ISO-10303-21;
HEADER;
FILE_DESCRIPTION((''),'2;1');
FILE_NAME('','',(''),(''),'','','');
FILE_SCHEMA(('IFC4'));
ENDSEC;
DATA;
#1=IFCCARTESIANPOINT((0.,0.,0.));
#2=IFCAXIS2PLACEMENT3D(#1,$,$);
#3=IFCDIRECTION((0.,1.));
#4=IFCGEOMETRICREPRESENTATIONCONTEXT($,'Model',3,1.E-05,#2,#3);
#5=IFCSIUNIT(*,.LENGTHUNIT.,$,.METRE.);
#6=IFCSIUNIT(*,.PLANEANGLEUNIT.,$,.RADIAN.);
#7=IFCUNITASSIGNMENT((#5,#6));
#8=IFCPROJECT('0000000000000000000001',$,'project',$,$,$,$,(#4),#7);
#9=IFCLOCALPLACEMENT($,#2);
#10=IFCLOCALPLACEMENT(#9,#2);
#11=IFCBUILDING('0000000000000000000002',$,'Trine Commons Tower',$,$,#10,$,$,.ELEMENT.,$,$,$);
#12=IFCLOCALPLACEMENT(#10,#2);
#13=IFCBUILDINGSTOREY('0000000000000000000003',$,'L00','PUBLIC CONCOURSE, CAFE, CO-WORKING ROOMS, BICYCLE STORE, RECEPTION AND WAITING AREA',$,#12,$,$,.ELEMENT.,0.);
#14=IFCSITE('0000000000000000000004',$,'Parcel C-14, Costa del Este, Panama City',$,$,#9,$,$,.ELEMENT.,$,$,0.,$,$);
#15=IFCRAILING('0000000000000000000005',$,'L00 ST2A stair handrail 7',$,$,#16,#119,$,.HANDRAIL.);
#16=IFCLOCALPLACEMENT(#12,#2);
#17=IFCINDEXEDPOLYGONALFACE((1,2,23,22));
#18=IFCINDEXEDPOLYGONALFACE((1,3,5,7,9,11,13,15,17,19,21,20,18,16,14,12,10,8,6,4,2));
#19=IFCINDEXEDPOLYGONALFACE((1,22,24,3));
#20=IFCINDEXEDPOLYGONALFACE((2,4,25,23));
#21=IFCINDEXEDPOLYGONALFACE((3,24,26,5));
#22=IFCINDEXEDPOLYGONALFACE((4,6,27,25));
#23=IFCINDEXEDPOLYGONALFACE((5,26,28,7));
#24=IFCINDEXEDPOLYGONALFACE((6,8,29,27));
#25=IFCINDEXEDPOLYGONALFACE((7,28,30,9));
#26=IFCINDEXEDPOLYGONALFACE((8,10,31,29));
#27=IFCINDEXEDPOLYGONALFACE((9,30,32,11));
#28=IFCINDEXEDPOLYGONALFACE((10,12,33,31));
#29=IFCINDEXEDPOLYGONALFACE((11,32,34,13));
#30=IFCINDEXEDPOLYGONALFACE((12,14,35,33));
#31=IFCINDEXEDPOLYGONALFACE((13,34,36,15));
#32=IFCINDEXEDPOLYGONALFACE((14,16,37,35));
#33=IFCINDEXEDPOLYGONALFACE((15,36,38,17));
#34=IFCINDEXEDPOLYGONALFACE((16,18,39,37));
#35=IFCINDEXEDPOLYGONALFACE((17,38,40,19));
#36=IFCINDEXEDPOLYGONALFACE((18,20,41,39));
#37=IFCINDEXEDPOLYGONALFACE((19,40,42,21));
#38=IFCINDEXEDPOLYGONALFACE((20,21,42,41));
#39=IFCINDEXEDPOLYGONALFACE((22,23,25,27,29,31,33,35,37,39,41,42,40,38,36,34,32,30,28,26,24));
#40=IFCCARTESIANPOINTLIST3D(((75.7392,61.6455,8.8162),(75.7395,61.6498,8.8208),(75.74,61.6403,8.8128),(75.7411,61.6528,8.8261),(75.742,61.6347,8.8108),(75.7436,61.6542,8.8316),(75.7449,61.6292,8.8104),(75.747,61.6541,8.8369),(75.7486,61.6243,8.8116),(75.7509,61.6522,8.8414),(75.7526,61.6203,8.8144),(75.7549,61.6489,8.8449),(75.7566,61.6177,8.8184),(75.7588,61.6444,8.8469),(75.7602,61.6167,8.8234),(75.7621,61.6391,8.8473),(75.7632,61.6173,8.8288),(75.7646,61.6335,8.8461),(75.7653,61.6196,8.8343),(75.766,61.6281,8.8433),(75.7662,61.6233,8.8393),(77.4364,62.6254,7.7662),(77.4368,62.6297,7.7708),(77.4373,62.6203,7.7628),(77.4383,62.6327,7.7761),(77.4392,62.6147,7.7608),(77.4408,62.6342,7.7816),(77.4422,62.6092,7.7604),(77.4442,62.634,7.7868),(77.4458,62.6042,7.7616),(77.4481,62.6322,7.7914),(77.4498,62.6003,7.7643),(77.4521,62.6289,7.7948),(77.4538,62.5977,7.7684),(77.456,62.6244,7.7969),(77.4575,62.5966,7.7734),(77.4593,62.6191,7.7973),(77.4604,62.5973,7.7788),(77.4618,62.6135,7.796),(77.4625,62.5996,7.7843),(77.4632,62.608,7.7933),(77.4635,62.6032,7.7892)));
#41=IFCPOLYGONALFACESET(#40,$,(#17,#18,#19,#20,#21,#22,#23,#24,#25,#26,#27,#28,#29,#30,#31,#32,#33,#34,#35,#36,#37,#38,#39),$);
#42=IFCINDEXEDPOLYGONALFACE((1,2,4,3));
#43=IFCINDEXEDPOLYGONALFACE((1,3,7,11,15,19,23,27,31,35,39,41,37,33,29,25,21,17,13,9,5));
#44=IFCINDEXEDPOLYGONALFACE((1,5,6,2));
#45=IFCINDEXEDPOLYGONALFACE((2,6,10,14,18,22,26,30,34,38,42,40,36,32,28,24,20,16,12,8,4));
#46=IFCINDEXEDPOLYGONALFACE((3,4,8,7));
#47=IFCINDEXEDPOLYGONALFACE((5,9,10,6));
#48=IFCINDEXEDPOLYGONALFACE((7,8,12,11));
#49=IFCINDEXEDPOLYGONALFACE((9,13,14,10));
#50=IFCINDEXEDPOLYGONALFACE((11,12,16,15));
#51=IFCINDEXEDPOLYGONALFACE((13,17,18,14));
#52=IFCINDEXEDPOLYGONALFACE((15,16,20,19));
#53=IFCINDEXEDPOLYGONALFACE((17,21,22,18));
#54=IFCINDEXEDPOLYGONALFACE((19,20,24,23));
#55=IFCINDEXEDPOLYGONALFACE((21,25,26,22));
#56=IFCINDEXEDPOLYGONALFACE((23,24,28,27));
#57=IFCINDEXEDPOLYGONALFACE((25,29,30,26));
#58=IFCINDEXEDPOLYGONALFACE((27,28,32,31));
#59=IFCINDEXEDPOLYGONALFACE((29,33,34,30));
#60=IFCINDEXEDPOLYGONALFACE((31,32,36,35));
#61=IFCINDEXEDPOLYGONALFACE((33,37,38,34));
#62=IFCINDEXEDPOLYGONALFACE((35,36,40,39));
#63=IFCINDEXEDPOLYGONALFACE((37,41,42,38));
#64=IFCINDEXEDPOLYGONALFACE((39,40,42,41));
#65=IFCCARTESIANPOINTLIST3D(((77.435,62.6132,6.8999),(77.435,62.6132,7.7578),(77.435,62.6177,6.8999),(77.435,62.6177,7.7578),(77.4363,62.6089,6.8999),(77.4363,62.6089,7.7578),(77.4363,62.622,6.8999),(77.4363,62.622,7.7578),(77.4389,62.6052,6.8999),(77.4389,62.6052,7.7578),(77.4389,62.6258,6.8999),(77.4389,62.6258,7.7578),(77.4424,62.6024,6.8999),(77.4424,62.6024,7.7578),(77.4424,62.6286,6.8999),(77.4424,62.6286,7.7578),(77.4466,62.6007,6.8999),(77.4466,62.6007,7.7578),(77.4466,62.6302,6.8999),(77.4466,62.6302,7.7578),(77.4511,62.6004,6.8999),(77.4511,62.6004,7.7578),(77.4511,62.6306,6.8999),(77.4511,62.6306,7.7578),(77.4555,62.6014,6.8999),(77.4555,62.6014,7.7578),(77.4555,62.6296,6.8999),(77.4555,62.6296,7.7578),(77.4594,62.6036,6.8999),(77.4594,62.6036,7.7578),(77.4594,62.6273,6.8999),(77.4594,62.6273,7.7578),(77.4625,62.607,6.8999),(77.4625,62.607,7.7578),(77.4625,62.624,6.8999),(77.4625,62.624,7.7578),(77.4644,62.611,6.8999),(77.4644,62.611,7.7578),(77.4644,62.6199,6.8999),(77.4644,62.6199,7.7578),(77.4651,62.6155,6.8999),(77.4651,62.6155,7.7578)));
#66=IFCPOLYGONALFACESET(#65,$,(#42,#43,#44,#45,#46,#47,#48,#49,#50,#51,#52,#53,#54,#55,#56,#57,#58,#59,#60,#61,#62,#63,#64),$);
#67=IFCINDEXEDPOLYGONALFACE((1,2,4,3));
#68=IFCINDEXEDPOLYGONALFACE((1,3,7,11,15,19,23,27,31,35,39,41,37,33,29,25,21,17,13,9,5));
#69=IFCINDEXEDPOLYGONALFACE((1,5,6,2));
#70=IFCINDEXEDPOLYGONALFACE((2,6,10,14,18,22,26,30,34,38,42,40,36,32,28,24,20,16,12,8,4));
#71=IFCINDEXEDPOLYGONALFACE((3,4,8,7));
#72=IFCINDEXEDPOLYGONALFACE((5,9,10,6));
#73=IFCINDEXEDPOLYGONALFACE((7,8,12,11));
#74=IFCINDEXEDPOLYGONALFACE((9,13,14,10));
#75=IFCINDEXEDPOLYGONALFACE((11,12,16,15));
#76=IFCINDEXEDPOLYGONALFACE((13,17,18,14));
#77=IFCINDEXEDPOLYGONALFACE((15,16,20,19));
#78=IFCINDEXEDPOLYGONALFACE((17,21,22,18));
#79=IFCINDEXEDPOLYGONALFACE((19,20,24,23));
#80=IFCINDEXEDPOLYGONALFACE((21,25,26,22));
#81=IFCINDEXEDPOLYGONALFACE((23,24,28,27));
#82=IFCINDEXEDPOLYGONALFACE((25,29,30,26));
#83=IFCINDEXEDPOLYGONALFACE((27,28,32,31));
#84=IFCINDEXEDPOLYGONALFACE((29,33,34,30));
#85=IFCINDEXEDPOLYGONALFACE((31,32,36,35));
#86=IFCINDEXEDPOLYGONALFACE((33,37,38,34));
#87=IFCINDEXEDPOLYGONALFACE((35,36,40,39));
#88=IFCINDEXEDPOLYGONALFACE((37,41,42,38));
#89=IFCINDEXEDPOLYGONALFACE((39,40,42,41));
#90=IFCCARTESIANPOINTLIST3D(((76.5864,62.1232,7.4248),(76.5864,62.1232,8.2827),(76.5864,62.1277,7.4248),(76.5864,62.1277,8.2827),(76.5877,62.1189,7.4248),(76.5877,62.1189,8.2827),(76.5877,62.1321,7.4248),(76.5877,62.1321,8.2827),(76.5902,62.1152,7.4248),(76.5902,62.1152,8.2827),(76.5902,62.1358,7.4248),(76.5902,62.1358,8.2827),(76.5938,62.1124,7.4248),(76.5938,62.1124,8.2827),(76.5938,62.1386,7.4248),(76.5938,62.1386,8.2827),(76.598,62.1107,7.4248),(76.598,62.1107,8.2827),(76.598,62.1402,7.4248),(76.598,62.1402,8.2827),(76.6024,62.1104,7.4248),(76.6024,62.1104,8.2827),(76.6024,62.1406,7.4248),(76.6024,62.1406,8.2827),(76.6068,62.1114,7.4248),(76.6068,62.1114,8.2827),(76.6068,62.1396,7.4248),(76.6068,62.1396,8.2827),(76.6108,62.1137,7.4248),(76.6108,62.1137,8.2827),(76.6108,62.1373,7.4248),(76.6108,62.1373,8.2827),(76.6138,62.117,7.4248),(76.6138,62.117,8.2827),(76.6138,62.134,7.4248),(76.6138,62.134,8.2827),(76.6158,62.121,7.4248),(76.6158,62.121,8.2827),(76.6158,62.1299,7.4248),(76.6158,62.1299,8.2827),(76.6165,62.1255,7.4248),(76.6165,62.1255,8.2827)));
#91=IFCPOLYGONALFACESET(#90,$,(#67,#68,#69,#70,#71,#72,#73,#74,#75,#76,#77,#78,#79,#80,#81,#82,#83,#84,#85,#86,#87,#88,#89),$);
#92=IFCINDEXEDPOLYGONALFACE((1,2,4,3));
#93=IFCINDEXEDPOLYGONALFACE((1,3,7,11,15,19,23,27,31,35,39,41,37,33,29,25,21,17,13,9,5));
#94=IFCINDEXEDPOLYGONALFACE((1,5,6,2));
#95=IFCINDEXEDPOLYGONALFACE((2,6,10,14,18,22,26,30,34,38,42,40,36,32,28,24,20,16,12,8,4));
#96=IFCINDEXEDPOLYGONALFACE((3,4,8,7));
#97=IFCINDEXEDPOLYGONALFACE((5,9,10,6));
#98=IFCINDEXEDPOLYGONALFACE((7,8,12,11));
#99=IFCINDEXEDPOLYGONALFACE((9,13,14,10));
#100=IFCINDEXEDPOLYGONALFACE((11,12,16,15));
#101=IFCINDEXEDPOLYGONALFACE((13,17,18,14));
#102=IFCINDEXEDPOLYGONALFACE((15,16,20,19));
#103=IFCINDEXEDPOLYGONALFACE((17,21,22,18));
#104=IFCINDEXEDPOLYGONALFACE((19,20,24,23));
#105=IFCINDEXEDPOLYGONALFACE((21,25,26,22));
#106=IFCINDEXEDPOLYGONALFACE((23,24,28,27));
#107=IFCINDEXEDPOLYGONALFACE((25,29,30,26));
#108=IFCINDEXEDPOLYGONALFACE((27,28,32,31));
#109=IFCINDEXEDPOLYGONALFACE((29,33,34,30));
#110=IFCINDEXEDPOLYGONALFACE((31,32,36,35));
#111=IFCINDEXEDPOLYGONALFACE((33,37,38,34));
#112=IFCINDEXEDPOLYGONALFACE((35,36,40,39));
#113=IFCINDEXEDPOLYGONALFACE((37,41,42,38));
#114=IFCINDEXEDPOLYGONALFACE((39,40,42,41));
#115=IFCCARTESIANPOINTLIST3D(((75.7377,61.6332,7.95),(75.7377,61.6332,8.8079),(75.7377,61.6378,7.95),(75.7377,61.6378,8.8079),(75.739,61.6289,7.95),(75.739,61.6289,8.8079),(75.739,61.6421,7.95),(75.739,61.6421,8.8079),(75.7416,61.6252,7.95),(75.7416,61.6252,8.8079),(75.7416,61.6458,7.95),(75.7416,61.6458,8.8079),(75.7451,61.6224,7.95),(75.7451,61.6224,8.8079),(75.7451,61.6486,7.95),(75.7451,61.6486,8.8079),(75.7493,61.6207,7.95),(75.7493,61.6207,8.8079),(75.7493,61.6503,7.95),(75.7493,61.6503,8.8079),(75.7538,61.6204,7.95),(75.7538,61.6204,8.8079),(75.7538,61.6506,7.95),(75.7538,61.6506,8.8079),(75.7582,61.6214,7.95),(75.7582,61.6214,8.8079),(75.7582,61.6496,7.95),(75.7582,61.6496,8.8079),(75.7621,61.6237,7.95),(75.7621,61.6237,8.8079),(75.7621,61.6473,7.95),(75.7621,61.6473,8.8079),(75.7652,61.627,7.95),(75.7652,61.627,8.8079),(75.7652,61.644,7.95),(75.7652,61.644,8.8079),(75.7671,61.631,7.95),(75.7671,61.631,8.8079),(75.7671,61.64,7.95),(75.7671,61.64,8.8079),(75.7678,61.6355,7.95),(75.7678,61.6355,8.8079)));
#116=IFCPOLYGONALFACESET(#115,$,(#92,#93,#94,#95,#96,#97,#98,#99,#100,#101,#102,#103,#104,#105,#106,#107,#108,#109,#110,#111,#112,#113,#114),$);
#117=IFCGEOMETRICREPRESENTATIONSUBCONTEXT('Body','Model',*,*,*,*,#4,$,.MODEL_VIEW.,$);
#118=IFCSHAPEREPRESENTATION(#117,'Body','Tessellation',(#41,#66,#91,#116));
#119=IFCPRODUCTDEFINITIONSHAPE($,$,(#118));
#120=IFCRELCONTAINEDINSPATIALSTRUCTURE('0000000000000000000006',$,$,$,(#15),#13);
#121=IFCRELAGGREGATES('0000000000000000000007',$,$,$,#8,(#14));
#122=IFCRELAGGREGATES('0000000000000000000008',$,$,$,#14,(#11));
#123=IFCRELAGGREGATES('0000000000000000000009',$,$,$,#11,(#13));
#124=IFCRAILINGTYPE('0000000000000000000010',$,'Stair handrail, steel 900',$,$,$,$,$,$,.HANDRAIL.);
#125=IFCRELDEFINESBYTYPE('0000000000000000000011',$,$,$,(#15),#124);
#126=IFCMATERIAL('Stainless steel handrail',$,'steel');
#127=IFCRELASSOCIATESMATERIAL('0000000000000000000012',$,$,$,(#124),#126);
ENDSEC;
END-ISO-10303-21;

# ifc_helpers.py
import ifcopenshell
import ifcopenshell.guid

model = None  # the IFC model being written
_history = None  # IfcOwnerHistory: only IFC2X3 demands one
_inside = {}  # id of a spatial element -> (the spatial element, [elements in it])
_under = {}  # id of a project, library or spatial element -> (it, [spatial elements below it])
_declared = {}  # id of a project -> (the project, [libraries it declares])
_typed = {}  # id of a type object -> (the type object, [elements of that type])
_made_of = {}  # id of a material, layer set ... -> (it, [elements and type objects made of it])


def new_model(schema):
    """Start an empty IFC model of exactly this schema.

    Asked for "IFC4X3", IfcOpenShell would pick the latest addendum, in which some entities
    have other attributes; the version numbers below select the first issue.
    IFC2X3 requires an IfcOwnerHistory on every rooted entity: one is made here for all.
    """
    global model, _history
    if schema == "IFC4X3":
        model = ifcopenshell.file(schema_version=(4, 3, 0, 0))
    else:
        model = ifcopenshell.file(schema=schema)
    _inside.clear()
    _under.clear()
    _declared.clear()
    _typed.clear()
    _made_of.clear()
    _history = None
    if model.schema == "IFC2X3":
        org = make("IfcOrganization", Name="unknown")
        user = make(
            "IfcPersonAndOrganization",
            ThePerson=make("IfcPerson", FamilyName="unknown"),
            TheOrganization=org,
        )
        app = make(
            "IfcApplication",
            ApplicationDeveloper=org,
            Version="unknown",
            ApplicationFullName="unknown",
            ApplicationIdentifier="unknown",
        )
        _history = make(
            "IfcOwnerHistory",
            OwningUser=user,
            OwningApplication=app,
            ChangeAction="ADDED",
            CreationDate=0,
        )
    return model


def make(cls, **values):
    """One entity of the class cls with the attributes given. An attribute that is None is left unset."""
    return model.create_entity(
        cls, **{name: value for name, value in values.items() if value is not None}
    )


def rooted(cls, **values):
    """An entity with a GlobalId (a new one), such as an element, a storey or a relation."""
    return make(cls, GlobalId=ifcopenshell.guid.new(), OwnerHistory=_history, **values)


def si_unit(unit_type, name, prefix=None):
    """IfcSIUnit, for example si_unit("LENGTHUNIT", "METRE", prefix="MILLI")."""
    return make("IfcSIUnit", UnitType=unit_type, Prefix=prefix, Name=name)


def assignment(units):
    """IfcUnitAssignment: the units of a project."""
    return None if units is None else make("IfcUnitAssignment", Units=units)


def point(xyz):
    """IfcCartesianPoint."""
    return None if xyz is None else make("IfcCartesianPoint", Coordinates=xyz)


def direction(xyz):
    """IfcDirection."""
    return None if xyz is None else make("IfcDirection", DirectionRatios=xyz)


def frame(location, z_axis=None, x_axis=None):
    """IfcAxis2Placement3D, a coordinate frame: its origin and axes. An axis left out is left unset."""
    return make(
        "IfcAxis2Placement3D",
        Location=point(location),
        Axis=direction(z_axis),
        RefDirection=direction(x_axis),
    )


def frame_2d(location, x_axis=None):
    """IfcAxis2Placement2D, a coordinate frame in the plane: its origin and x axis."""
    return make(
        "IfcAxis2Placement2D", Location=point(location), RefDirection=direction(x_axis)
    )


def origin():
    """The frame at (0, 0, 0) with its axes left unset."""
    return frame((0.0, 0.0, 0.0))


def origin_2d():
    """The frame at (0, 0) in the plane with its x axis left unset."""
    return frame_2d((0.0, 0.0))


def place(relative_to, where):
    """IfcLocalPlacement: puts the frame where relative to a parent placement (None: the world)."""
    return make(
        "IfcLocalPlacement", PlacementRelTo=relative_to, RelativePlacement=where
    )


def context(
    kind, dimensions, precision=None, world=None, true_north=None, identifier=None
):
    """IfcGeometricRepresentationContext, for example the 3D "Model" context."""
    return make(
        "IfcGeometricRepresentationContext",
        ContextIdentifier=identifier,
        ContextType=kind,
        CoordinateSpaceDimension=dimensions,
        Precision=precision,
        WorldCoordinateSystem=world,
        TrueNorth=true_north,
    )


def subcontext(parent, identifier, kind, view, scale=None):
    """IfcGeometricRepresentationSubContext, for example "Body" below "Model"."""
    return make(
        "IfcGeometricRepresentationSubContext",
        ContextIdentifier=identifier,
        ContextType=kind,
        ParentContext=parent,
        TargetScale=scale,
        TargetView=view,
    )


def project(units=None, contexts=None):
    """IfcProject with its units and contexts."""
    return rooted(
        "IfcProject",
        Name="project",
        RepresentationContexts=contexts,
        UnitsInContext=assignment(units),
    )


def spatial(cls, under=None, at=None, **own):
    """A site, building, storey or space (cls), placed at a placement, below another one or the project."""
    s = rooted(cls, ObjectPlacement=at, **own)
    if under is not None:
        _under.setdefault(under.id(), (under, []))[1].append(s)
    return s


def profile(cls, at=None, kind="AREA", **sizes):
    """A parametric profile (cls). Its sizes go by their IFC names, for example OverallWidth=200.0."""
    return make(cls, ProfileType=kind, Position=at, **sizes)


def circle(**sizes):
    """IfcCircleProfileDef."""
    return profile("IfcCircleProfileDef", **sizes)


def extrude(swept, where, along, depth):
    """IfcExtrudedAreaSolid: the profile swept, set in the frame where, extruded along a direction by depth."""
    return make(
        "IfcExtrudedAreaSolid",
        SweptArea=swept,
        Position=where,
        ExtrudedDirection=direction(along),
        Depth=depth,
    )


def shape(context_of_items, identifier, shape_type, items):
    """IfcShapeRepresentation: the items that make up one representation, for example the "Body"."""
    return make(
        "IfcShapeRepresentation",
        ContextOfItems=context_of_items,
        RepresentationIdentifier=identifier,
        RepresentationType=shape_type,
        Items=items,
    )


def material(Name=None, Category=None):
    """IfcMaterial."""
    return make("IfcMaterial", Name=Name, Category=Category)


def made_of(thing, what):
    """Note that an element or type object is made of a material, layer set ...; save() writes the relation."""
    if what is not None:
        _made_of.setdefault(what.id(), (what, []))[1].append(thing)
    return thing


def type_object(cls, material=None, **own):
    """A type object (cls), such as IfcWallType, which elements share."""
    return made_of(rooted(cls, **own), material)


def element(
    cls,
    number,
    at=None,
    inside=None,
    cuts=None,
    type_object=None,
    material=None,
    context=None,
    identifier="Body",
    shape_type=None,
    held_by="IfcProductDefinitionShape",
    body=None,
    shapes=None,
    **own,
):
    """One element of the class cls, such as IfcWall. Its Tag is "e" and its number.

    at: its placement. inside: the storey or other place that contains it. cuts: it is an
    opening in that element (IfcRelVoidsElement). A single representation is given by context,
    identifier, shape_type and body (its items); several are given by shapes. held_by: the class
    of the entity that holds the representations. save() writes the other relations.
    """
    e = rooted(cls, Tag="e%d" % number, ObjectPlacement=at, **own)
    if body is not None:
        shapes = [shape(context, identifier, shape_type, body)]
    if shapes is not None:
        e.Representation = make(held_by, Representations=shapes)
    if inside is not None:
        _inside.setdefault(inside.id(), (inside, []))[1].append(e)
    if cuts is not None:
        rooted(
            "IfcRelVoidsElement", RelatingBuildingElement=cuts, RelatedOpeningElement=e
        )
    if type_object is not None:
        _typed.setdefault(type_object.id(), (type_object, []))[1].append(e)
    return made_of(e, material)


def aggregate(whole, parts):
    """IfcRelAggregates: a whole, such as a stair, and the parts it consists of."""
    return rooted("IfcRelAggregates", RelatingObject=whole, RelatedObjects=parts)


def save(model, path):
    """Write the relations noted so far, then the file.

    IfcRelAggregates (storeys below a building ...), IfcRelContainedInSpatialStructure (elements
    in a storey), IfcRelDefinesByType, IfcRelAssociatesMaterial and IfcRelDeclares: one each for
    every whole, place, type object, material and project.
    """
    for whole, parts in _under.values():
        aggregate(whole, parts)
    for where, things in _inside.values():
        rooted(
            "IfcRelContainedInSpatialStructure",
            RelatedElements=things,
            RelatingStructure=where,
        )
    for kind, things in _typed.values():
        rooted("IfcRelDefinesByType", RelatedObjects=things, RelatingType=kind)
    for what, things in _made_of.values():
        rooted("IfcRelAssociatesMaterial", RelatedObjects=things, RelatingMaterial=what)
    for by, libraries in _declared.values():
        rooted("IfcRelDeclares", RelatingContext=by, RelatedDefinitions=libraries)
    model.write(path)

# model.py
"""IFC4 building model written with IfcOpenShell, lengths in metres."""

from ifc_helpers import new_model, si_unit, direction, frame, origin, origin_2d, place, context, subcontext, project, spatial, circle, extrude, material, type_object, element, save


model = new_model("IFC4")

# Units and contexts
model_context = context("Model", 3, precision=1e-05, world=origin(), true_north=direction((0.0, 1.0)))
body_context = subcontext(model_context, "Body", "Model", "MODEL_VIEW")
ifc_project = project(units=[si_unit("LENGTHUNIT", "METRE"), si_unit("PLANEANGLEUNIT", "RADIAN")], contexts=[model_context])

# Site, building, storey
site_placement = place(None, origin())
site = spatial("IfcSite", under=ifc_project, at=site_placement, Name="Parcel C-14, Costa del Este, Panama City", CompositionType="ELEMENT", RefElevation=0.0)
building_placement = place(site_placement, origin())
building = spatial("IfcBuilding", under=site, at=building_placement, Name="Trine Commons Tower", CompositionType="ELEMENT")
storey_placement = place(building_placement, origin())
storey = spatial("IfcBuildingStorey", under=building, at=storey_placement, Name="L00", Description="PUBLIC CONCOURSE, CAFE, CO-WORKING ROOMS, BICYCLE STORE, RECEPTION AND WAITING AREA", CompositionType="ELEMENT", Elevation=0.0)

# Railing
ifc_material_1 = material(Name="Stainless steel handrail", Category="steel")
railing_type_1 = type_object("IfcRailingType", Name="Stair handrail, steel 900", PredefinedType="HANDRAIL", material=ifc_material_1)
railing_1_placement = place(storey_placement, frame((77.45, 62.6155, 6.8999)))
element("IfcRailing", 1, at=railing_1_placement, inside=storey, type_object=railing_type_1, Name="L00 ST2A stair handrail 7", PredefinedType="HANDRAIL", context=body_context, shape_type="SweptSolid", body=[
    extrude(circle(Radius=0.021, at=origin_2d()), frame((0.0, 0.0, 0.8789), z_axis=(-0.763352, -0.44075, 0.472264), x_axis=(0.500024, -0.866011, 0.0)), (0.0, 0.0, 1.0), 2.2234),
    extrude(circle(Radius=0.0151, at=origin_2d()), origin(), (0.0, 0.0, 1.0), 0.8579),
    extrude(circle(Radius=0.0151, at=origin_2d()), frame((-0.8486, -0.49, 0.5249)), (0.0, 0.0, 1.0), 0.8579),
    extrude(circle(Radius=0.0151, at=origin_2d()), frame((-1.6973, -0.98, 1.05)), (0.0, 0.0, 1.0), 0.8579),
])

save(model, "model.ifc")
